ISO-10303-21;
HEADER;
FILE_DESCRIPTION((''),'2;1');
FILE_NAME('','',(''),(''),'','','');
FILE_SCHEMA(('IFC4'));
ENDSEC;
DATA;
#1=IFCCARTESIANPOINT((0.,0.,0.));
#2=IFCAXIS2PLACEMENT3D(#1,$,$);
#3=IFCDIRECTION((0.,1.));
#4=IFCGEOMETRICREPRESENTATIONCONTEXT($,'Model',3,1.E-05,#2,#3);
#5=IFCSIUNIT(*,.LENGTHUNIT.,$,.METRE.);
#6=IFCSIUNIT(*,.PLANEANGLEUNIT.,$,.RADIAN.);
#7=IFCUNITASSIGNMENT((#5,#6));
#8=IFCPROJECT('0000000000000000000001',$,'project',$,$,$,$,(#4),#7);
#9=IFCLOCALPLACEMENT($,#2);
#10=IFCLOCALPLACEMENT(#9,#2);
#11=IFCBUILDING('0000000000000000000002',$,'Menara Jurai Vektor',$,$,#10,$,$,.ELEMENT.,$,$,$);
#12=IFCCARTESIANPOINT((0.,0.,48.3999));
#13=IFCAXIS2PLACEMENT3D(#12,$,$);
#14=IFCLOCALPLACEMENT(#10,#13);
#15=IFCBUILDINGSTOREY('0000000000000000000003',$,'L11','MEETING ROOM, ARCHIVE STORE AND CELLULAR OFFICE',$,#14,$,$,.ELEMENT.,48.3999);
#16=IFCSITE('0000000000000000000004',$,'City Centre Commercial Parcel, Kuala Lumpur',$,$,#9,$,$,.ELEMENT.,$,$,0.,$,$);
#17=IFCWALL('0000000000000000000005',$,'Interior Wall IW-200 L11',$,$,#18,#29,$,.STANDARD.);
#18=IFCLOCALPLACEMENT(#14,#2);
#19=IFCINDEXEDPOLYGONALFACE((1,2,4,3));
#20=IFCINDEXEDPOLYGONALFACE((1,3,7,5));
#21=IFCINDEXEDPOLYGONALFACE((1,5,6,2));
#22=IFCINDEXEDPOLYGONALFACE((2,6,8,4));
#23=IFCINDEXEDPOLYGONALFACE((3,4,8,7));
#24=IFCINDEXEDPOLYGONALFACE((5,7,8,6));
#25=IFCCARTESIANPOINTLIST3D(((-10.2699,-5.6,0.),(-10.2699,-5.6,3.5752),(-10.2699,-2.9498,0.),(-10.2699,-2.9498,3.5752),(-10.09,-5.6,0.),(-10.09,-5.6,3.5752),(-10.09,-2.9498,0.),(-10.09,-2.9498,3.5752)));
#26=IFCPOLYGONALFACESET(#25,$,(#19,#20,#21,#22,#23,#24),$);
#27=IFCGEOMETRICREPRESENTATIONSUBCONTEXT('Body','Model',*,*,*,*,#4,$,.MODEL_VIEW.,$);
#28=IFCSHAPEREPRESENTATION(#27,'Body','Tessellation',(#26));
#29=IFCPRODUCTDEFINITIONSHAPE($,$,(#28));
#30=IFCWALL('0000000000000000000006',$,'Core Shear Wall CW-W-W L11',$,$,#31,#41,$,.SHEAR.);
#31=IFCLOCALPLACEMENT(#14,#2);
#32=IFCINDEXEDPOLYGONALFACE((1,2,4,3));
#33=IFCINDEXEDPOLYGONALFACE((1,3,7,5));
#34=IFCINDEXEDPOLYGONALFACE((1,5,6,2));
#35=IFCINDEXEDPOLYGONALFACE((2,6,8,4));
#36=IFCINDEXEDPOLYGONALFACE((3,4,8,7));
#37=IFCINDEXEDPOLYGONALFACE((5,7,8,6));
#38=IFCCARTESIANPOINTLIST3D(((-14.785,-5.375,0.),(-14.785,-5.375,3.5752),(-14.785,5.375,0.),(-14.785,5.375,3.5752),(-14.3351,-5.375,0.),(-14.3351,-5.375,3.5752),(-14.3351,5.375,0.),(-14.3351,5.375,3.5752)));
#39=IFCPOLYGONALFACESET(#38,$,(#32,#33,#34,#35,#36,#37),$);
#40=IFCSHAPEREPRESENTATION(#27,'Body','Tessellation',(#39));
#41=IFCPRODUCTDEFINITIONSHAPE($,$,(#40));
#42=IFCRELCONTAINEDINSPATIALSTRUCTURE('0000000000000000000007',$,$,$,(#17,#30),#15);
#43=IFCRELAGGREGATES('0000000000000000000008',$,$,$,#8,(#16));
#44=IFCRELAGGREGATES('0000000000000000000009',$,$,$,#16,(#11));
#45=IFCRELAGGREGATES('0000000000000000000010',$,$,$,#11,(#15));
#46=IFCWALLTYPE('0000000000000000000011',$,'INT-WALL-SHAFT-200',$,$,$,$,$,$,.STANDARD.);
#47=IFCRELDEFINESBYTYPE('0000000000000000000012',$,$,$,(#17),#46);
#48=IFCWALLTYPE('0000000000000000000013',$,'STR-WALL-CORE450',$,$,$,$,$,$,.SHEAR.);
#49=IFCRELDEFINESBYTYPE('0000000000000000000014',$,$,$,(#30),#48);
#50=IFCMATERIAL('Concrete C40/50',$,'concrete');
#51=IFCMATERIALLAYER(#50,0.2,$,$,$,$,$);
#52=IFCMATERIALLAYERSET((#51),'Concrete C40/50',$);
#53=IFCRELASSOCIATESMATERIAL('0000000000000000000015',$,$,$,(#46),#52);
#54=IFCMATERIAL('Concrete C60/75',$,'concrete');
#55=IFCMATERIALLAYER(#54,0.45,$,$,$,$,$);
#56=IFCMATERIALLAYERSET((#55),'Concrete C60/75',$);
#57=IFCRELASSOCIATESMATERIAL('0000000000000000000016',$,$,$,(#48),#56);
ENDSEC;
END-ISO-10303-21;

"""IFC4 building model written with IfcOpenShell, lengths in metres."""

from ifc_helpers import new_model, si_unit, direction, frame, frame_2d, origin, place, context, subcontext, project, spatial, rectangle, extrude, material, layer, layer_set, type_object, element, save


model = new_model("IFC4")

# Units and contexts
model_context = context("Model", 3, precision=1e-05, world=origin(), true_north=direction((0.0, 1.0)))
body_context = subcontext(model_context, "Body", "Model", "MODEL_VIEW")
ifc_project = project(units=[si_unit("LENGTHUNIT", "METRE"), si_unit("PLANEANGLEUNIT", "RADIAN")], contexts=[model_context])

# Site, building, storey
site_placement = place(None, origin())
site = spatial("IfcSite", under=ifc_project, at=site_placement, Name="City Centre Commercial Parcel, Kuala Lumpur", CompositionType="ELEMENT", RefElevation=0.0)
building_placement = place(site_placement, origin())
building = spatial("IfcBuilding", under=site, at=building_placement, Name="Menara Jurai Vektor", CompositionType="ELEMENT")
storey_placement = place(building_placement, frame((0.0, 0.0, 48.3999)))
storey = spatial("IfcBuildingStorey", under=building, at=storey_placement, Name="L11", Description="MEETING ROOM, ARCHIVE STORE AND CELLULAR OFFICE", CompositionType="ELEMENT", Elevation=48.3999)

# Shared definitions
ifc_material_1 = material(Name="Concrete C60/75", Category="concrete")

# Shared definitions
ifc_material_2 = material(Name="Concrete C40/50", Category="concrete")

# Shared definitions
ifc_layer_1 = layer(ifc_material_2, 0.2)
ifc_layer_set_1 = layer_set([ifc_layer_1], Name="Concrete C40/50")
wall_type_1 = type_object("IfcWallType", Name="INT-WALL-SHAFT-200", PredefinedType="STANDARD", material=ifc_layer_set_1)

# Walls
wall_1_placement = place(storey_placement, frame((-10.1799, -5.6001, 0.0), z_axis=(0.0, 0.0, 1.0), x_axis=(0.0, 1.0, 0.0)))
element("IfcWall", 1, at=wall_1_placement, inside=storey, type_object=wall_type_1, Name="Interior Wall IW-200 L11", PredefinedType="STANDARD", context=body_context, shape_type="SweptSolid", body=[
    extrude(rectangle(XDim=2.6501, YDim=0.1799, at=frame_2d((1.3252, 0.0))), origin(), (0.0, 0.0, 1.0), 3.5752),
])
ifc_layer_2 = layer(ifc_material_1, 0.45)
ifc_layer_set_2 = layer_set([ifc_layer_2], Name="Concrete C60/75")
wall_type_2 = type_object("IfcWallType", Name="STR-WALL-CORE450", PredefinedType="SHEAR", material=ifc_layer_set_2)
wall_2_placement = place(storey_placement, frame((-14.5601, -5.375, 0.0), z_axis=(0.0, 0.0, 1.0), x_axis=(0.0, 1.0, 0.0)))
element("IfcWall", 2, at=wall_2_placement, inside=storey, type_object=wall_type_2, Name="Core Shear Wall CW-W-W L11", PredefinedType="SHEAR", context=body_context, shape_type="SweptSolid", body=[
    extrude(rectangle(XDim=10.75, YDim=0.45, at=frame_2d((5.375, 0.0))), origin(), (0.0, 0.0, 1.0), 3.5752),
])

save(model, "model.ifc")
